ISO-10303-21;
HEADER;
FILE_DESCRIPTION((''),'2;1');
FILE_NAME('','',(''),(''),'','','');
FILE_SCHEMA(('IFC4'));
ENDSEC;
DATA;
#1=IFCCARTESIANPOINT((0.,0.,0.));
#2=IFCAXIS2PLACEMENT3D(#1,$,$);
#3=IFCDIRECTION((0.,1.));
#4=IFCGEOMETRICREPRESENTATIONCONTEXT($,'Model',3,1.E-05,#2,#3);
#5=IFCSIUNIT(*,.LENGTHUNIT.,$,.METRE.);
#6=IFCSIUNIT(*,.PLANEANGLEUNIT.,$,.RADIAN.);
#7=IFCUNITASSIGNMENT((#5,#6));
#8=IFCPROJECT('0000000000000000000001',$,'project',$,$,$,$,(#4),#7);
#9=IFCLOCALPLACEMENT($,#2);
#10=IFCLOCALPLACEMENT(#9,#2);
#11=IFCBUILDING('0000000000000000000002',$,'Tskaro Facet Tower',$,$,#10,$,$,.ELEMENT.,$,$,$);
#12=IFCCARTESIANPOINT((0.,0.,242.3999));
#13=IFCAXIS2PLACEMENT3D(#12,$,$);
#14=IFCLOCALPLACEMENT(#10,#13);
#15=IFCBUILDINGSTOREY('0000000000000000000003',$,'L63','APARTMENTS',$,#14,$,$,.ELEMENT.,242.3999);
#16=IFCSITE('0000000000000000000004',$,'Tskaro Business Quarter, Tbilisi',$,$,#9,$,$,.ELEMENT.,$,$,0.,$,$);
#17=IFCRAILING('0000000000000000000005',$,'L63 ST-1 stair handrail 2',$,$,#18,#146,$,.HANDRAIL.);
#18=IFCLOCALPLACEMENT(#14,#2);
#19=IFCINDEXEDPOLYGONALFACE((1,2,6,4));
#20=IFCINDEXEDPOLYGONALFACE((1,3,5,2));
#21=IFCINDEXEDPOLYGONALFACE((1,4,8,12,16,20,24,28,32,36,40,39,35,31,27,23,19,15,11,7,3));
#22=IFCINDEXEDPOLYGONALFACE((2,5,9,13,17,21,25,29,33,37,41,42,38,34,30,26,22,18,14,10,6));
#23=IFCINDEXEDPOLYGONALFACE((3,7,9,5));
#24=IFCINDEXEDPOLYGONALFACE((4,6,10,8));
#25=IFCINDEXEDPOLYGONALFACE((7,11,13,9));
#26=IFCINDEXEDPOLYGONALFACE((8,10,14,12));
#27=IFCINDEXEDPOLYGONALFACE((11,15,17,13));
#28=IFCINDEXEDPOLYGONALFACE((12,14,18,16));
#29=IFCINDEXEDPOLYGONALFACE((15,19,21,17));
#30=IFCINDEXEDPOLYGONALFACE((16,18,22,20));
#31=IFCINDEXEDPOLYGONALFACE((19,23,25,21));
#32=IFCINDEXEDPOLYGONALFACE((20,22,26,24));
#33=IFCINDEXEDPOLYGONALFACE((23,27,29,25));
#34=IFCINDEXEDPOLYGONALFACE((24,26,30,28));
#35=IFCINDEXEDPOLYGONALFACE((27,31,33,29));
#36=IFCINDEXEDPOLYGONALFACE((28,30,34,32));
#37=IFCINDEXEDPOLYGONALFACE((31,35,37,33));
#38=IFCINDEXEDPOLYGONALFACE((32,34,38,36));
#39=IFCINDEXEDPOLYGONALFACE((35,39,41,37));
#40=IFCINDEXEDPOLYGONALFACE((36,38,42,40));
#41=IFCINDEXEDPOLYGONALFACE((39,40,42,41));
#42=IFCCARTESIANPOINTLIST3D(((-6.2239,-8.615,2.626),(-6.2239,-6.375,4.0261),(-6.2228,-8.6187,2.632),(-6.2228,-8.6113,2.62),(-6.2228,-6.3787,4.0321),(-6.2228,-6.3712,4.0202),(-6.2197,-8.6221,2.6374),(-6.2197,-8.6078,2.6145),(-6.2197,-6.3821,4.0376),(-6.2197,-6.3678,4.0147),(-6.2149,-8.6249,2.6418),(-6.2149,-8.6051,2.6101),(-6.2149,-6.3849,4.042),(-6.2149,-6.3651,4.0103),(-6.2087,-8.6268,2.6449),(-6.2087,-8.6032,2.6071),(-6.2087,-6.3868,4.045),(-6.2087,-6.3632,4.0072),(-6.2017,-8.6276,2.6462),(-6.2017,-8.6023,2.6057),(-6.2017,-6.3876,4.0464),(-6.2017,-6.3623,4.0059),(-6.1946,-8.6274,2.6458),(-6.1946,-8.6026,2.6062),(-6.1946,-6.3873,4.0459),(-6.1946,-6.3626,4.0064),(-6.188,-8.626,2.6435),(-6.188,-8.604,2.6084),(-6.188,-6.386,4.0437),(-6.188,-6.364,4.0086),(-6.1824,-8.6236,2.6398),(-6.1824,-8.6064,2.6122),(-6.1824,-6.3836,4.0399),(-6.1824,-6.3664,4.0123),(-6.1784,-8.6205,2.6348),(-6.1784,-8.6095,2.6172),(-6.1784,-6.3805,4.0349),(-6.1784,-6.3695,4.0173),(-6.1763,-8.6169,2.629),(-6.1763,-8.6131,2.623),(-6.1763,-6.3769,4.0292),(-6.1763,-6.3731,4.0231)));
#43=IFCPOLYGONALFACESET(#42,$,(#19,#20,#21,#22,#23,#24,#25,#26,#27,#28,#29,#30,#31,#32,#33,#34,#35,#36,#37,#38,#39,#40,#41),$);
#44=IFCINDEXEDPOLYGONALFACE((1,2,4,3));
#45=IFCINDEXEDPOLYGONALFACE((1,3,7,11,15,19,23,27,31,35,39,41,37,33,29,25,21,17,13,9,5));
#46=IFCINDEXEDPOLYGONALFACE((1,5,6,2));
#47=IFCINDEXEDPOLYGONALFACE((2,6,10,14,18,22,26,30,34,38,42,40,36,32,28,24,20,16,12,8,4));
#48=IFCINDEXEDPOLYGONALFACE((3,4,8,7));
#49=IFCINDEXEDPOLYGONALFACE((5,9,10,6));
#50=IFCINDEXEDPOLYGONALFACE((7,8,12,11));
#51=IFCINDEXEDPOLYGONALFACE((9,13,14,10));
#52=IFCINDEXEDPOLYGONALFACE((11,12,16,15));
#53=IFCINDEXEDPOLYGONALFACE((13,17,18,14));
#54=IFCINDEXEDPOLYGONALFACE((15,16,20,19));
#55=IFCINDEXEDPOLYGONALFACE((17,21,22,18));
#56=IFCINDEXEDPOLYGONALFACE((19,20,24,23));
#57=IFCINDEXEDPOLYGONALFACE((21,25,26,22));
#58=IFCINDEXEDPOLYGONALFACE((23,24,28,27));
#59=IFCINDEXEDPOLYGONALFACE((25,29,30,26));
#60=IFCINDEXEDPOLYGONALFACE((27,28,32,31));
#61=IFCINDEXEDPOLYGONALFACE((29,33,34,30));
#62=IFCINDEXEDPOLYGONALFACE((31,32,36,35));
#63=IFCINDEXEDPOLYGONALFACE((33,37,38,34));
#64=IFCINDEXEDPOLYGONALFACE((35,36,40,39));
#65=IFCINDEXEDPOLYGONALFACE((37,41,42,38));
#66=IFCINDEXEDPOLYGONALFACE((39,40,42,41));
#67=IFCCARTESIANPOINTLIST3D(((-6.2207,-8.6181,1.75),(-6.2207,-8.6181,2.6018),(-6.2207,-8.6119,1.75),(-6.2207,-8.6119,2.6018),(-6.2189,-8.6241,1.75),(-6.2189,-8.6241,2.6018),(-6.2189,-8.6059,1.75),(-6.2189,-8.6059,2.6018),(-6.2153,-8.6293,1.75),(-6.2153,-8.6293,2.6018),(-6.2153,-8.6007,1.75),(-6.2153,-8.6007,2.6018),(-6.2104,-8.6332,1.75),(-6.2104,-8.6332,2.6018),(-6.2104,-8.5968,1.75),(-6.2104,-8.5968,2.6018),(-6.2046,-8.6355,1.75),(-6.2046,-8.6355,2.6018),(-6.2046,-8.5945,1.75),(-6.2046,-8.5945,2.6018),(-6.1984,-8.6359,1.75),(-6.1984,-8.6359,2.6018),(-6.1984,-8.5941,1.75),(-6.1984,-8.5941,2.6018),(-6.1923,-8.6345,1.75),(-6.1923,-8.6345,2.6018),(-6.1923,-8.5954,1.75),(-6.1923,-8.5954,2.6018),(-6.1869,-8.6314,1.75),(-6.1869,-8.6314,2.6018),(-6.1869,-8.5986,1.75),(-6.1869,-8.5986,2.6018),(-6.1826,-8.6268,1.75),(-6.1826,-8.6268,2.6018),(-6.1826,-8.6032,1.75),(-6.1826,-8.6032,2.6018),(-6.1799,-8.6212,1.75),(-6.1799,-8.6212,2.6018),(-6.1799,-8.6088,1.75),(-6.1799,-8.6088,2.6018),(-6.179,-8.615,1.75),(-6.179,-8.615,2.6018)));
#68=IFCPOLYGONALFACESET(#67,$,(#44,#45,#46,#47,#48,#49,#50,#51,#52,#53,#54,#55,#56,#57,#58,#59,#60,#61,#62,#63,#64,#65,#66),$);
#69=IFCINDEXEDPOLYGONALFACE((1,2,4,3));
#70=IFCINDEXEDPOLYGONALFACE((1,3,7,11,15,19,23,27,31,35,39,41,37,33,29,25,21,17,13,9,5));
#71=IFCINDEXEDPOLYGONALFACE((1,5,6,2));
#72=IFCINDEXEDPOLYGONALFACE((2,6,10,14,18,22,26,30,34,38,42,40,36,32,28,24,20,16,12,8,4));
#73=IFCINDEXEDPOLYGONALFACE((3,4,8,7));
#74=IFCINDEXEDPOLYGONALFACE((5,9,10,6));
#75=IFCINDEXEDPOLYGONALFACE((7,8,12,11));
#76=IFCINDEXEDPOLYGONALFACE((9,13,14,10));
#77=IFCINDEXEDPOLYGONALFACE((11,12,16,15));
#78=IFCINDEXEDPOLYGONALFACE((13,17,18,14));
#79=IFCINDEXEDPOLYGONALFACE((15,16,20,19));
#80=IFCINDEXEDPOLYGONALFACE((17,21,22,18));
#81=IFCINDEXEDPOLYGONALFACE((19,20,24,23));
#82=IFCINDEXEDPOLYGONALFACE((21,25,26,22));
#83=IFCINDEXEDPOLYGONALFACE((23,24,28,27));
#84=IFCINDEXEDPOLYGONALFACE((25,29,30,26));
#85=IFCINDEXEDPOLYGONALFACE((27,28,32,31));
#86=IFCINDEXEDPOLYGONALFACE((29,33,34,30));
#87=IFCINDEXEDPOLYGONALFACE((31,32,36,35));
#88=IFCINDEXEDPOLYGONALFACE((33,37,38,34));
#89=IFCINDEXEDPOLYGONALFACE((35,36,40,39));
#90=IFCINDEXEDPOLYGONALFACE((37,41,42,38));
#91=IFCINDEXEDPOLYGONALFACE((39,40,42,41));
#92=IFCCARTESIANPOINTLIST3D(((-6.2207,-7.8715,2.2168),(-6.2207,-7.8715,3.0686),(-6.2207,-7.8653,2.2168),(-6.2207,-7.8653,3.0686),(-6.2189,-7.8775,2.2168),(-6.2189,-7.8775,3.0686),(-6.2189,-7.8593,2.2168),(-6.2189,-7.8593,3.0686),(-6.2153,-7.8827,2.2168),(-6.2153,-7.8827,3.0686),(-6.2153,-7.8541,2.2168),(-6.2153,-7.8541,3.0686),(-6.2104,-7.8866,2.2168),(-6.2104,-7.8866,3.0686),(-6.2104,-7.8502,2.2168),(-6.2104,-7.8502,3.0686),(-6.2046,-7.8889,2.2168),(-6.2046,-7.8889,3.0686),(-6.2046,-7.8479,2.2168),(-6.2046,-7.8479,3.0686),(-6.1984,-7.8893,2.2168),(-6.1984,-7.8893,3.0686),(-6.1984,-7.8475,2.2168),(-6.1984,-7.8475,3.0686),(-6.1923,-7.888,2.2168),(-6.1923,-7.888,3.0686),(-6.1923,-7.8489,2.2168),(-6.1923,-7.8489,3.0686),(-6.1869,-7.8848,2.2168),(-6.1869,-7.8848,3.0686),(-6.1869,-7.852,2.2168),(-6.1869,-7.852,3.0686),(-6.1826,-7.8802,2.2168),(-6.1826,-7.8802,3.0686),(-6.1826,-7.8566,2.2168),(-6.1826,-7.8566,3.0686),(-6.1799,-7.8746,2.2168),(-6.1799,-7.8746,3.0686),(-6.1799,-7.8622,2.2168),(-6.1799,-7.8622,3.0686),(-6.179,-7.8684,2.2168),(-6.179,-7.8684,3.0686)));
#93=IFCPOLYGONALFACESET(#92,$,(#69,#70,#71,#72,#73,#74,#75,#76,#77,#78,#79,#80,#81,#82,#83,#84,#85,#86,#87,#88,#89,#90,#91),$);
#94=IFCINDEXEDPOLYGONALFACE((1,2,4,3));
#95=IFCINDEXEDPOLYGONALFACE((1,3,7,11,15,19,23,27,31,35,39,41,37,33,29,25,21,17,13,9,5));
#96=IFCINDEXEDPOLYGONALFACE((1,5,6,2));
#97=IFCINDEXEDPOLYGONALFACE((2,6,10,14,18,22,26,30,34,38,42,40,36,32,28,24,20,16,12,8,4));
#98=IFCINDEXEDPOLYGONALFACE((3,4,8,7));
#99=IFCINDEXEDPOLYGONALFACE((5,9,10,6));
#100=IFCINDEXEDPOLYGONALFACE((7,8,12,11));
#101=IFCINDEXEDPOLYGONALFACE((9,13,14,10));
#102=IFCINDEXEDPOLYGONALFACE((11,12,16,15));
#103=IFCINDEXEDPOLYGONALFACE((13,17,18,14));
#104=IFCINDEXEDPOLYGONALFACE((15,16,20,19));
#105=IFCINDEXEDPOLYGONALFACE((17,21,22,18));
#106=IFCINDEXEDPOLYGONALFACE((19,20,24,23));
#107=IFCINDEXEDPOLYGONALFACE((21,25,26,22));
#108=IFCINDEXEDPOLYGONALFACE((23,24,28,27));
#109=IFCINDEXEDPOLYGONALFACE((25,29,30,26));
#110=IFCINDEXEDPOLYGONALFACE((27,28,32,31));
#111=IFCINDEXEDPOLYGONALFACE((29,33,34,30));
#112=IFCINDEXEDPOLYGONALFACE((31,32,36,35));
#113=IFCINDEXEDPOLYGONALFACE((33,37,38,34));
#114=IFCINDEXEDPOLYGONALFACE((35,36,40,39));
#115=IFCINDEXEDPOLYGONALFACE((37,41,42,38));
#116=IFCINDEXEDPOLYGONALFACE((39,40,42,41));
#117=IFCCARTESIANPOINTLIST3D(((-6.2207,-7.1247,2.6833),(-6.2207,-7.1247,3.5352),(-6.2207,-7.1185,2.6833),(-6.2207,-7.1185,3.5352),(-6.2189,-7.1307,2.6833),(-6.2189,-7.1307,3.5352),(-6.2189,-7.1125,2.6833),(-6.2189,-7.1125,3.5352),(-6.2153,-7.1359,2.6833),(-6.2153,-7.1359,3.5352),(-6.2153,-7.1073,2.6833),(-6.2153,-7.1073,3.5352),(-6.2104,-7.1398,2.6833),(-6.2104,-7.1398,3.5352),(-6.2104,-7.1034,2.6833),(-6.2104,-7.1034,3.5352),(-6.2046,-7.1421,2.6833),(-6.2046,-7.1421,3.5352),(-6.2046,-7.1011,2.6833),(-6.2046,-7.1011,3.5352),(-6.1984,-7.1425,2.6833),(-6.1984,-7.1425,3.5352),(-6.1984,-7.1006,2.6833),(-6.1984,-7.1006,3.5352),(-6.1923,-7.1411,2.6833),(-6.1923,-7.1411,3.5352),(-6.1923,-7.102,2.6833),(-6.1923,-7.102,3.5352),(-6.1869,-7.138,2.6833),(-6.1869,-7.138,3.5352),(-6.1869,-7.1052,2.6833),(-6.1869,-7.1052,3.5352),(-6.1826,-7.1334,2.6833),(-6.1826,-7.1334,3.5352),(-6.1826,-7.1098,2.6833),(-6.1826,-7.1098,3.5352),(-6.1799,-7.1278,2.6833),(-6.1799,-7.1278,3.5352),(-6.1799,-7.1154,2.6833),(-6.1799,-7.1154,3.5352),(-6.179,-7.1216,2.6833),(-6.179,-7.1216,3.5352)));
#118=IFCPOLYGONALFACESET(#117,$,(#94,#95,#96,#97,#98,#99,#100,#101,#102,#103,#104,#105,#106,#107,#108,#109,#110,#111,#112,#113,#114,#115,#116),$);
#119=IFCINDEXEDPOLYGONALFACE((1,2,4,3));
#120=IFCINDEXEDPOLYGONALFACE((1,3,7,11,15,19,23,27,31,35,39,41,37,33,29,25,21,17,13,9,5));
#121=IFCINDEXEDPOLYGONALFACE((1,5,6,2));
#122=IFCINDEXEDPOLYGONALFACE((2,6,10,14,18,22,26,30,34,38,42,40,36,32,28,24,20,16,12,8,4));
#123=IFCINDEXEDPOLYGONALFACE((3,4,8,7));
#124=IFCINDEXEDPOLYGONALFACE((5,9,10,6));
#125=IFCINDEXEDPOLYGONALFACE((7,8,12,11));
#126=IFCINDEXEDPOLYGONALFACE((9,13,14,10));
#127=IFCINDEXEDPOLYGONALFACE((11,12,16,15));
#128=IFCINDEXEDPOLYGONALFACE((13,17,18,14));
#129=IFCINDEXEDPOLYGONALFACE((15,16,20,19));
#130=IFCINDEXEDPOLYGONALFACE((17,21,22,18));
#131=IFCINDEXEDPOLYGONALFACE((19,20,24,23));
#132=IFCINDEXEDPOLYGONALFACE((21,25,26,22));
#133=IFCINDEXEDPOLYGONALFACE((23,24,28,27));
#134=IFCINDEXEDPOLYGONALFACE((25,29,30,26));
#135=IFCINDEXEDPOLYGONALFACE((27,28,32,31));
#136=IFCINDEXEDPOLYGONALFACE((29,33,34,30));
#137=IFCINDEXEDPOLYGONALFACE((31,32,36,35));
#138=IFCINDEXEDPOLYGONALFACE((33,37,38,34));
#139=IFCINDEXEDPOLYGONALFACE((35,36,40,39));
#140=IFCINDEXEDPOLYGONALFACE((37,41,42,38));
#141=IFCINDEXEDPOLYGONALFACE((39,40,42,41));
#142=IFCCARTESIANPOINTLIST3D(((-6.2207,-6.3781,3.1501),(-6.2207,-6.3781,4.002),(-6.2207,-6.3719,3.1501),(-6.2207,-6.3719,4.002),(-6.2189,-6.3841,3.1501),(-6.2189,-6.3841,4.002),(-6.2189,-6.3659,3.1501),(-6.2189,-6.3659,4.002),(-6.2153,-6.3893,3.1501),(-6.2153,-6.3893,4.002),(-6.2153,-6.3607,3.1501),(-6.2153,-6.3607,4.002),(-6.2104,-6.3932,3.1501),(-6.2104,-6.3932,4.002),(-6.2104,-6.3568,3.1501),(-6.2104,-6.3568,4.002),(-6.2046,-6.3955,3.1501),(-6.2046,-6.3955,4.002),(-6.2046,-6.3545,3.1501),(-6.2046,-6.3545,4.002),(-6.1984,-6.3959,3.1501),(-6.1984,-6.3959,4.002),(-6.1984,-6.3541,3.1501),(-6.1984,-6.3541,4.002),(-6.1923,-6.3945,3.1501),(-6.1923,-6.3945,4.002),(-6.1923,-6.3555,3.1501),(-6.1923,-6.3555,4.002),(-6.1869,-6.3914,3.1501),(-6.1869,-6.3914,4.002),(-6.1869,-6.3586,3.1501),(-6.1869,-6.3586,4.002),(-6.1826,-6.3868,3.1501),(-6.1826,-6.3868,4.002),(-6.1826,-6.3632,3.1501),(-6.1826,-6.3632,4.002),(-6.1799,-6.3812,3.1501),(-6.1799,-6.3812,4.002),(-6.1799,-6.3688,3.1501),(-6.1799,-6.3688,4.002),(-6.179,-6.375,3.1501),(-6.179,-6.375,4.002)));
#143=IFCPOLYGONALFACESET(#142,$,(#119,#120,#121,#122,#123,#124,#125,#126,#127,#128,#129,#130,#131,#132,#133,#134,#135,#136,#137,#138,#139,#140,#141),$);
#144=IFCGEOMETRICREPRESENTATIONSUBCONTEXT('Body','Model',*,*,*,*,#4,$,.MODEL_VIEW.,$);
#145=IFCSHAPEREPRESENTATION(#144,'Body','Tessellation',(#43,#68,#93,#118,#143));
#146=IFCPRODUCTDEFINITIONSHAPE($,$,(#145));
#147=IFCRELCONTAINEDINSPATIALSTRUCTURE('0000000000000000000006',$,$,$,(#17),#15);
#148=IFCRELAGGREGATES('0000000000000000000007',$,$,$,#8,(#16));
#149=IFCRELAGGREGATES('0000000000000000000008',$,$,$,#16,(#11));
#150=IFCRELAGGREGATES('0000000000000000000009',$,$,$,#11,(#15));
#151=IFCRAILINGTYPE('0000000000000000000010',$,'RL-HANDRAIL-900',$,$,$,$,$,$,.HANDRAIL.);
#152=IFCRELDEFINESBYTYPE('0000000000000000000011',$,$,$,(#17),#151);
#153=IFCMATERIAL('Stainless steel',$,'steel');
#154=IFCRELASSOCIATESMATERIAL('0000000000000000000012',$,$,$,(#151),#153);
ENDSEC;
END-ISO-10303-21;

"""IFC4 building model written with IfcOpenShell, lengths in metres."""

from ifc_helpers import new_model, si_unit, direction, frame, origin, origin_2d, place, context, subcontext, project, spatial, circle, extrude, material, type_object, element, save


model = new_model("IFC4")

# Units and contexts
model_context = context("Model", 3, precision=1e-05, world=origin(), true_north=direction((0.0, 1.0)))
body_context = subcontext(model_context, "Body", "Model", "MODEL_VIEW")
ifc_project = project(units=[si_unit("LENGTHUNIT", "METRE"), si_unit("PLANEANGLEUNIT", "RADIAN")], contexts=[model_context])

# Site, building, storey
site_placement = place(None, origin())
site = spatial("IfcSite", under=ifc_project, at=site_placement, Name="Tskaro Business Quarter, Tbilisi", CompositionType="ELEMENT", RefElevation=0.0)
building_placement = place(site_placement, origin())
building = spatial("IfcBuilding", under=site, at=building_placement, Name="Tskaro Facet Tower", CompositionType="ELEMENT")
storey_placement = place(building_placement, frame((0.0, 0.0, 242.3999)))
storey = spatial("IfcBuildingStorey", under=building, at=storey_placement, Name="L63", Description="APARTMENTS", CompositionType="ELEMENT", Elevation=242.3999)

# Shared definitions
ifc_material_1 = material(Name="Stainless steel", Category="steel")

# Railing
railing_type_1 = type_object("IfcRailingType", Name="RL-HANDRAIL-900", PredefinedType="HANDRAIL", material=ifc_material_1)
railing_1_placement = place(storey_placement, frame((-6.2, -8.615, 1.75)))
element("IfcRailing", 1, at=railing_1_placement, inside=storey, type_object=railing_type_1, Name="L63 ST-1 stair handrail 2", PredefinedType="HANDRAIL", context=body_context, shape_type="SweptSolid", body=[
    extrude(circle(Radius=0.0239, at=origin_2d()), frame((0.0, 0.0, 0.876), z_axis=(0.0, 0.847972, 0.53004), x_axis=(-1.0, 0.0, 0.0)), (0.0, 0.0, 1.0), 2.6416),
    extrude(circle(Radius=0.021, at=origin_2d()), origin(), (0.0, 0.0, 1.0), 0.8518),
    extrude(circle(Radius=0.021, at=origin_2d()), frame((0.0, 0.7466, 0.4668)), (0.0, 0.0, 1.0), 0.8518),
    extrude(circle(Radius=0.021, at=origin_2d()), frame((0.0, 1.4934, 0.9333)), (0.0, 0.0, 1.0), 0.8518),
    extrude(circle(Radius=0.021, at=origin_2d()), frame((0.0, 2.24, 1.4001)), (0.0, 0.0, 1.0), 0.8518),
])

save(model, "model.ifc")
